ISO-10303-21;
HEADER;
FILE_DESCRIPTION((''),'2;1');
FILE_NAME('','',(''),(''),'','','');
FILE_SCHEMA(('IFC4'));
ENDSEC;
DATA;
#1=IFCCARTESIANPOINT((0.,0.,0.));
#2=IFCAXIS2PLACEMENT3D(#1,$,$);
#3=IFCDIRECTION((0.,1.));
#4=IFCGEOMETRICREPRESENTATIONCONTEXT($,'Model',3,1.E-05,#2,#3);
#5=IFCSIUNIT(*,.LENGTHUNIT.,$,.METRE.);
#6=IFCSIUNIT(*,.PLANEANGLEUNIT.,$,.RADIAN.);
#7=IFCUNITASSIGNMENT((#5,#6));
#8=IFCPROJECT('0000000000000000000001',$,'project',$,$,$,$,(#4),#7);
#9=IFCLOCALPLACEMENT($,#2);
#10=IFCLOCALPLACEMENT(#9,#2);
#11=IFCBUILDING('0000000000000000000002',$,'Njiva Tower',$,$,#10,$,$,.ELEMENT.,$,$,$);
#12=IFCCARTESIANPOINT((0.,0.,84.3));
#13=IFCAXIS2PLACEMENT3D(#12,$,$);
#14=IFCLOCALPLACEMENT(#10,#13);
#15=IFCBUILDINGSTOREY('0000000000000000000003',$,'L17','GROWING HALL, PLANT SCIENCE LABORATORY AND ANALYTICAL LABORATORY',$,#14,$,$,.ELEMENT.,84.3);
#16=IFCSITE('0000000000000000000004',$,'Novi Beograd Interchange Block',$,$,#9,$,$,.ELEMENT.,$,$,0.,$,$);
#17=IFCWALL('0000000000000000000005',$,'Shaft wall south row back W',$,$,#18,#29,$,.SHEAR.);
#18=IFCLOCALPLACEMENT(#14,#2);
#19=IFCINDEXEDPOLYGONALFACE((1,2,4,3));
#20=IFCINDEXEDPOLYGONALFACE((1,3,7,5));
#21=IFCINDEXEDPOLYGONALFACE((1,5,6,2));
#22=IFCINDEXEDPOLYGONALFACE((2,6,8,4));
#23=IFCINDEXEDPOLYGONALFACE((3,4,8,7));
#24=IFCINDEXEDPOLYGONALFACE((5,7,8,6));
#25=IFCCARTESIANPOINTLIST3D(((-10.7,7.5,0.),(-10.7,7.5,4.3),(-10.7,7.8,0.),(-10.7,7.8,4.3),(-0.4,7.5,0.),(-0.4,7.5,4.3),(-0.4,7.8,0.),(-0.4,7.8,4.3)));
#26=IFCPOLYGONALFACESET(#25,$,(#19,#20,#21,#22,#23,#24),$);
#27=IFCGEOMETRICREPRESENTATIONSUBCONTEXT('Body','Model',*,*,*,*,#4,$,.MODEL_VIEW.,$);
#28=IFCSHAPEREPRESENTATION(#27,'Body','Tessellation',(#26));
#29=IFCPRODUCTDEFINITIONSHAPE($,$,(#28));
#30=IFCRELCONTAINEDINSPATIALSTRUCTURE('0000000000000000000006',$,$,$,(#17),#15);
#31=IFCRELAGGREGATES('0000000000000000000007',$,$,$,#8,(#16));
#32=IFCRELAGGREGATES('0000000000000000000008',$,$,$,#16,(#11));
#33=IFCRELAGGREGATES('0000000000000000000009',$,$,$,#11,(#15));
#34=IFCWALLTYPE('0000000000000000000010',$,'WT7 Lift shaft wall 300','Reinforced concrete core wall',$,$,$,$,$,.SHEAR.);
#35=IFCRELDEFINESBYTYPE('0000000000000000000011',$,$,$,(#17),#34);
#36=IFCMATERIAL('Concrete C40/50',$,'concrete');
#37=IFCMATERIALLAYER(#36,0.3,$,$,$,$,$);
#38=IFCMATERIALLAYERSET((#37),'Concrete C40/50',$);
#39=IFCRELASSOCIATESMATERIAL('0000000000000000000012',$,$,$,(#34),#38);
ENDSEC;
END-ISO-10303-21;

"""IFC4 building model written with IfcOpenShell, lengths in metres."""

from ifc_helpers import new_model, si_unit, direction, frame, frame_2d, origin, place, context, subcontext, project, spatial, rectangle, extrude, material, layer, layer_set, type_object, element, save


model = new_model("IFC4")

# Units and contexts
model_context = context("Model", 3, precision=1e-05, world=origin(), true_north=direction((0.0, 1.0)))
body_context = subcontext(model_context, "Body", "Model", "MODEL_VIEW")
ifc_project = project(units=[si_unit("LENGTHUNIT", "METRE"), si_unit("PLANEANGLEUNIT", "RADIAN")], contexts=[model_context])

# Site, building, storey
site_placement = place(None, origin())
site = spatial("IfcSite", under=ifc_project, at=site_placement, Name="Novi Beograd Interchange Block", CompositionType="ELEMENT", RefElevation=0.0)
building_placement = place(site_placement, origin())
building = spatial("IfcBuilding", under=site, at=building_placement, Name="Njiva Tower", CompositionType="ELEMENT")
storey_placement = place(building_placement, frame((0.0, 0.0, 84.3)))
storey = spatial("IfcBuildingStorey", under=building, at=storey_placement, Name="L17", Description="GROWING HALL, PLANT SCIENCE LABORATORY AND ANALYTICAL LABORATORY", CompositionType="ELEMENT", Elevation=84.3)

# Shared definitions
ifc_material_1 = material(Name="Concrete C40/50", Category="concrete")

# Wall
ifc_layer_1 = layer(ifc_material_1, 0.3)
ifc_layer_set_1 = layer_set([ifc_layer_1], Name="Concrete C40/50")
wall_type_1 = type_object("IfcWallType", Name="WT7 Lift shaft wall 300", Description="Reinforced concrete core wall", PredefinedType="SHEAR", material=ifc_layer_set_1)
wall_1_placement = place(storey_placement, frame((-10.7, 7.65, 0.0), z_axis=(0.0, 0.0, 1.0), x_axis=(1.0, 0.0, 0.0)))
element("IfcWall", 1, at=wall_1_placement, inside=storey, type_object=wall_type_1, Name="Shaft wall south row back W", PredefinedType="SHEAR", context=body_context, shape_type="SweptSolid", body=[
    extrude(rectangle(XDim=10.3, YDim=0.3, at=frame_2d((5.15, 0.0))), origin(), (0.0, 0.0, 1.0), 4.3),
])

save(model, "model.ifc")
